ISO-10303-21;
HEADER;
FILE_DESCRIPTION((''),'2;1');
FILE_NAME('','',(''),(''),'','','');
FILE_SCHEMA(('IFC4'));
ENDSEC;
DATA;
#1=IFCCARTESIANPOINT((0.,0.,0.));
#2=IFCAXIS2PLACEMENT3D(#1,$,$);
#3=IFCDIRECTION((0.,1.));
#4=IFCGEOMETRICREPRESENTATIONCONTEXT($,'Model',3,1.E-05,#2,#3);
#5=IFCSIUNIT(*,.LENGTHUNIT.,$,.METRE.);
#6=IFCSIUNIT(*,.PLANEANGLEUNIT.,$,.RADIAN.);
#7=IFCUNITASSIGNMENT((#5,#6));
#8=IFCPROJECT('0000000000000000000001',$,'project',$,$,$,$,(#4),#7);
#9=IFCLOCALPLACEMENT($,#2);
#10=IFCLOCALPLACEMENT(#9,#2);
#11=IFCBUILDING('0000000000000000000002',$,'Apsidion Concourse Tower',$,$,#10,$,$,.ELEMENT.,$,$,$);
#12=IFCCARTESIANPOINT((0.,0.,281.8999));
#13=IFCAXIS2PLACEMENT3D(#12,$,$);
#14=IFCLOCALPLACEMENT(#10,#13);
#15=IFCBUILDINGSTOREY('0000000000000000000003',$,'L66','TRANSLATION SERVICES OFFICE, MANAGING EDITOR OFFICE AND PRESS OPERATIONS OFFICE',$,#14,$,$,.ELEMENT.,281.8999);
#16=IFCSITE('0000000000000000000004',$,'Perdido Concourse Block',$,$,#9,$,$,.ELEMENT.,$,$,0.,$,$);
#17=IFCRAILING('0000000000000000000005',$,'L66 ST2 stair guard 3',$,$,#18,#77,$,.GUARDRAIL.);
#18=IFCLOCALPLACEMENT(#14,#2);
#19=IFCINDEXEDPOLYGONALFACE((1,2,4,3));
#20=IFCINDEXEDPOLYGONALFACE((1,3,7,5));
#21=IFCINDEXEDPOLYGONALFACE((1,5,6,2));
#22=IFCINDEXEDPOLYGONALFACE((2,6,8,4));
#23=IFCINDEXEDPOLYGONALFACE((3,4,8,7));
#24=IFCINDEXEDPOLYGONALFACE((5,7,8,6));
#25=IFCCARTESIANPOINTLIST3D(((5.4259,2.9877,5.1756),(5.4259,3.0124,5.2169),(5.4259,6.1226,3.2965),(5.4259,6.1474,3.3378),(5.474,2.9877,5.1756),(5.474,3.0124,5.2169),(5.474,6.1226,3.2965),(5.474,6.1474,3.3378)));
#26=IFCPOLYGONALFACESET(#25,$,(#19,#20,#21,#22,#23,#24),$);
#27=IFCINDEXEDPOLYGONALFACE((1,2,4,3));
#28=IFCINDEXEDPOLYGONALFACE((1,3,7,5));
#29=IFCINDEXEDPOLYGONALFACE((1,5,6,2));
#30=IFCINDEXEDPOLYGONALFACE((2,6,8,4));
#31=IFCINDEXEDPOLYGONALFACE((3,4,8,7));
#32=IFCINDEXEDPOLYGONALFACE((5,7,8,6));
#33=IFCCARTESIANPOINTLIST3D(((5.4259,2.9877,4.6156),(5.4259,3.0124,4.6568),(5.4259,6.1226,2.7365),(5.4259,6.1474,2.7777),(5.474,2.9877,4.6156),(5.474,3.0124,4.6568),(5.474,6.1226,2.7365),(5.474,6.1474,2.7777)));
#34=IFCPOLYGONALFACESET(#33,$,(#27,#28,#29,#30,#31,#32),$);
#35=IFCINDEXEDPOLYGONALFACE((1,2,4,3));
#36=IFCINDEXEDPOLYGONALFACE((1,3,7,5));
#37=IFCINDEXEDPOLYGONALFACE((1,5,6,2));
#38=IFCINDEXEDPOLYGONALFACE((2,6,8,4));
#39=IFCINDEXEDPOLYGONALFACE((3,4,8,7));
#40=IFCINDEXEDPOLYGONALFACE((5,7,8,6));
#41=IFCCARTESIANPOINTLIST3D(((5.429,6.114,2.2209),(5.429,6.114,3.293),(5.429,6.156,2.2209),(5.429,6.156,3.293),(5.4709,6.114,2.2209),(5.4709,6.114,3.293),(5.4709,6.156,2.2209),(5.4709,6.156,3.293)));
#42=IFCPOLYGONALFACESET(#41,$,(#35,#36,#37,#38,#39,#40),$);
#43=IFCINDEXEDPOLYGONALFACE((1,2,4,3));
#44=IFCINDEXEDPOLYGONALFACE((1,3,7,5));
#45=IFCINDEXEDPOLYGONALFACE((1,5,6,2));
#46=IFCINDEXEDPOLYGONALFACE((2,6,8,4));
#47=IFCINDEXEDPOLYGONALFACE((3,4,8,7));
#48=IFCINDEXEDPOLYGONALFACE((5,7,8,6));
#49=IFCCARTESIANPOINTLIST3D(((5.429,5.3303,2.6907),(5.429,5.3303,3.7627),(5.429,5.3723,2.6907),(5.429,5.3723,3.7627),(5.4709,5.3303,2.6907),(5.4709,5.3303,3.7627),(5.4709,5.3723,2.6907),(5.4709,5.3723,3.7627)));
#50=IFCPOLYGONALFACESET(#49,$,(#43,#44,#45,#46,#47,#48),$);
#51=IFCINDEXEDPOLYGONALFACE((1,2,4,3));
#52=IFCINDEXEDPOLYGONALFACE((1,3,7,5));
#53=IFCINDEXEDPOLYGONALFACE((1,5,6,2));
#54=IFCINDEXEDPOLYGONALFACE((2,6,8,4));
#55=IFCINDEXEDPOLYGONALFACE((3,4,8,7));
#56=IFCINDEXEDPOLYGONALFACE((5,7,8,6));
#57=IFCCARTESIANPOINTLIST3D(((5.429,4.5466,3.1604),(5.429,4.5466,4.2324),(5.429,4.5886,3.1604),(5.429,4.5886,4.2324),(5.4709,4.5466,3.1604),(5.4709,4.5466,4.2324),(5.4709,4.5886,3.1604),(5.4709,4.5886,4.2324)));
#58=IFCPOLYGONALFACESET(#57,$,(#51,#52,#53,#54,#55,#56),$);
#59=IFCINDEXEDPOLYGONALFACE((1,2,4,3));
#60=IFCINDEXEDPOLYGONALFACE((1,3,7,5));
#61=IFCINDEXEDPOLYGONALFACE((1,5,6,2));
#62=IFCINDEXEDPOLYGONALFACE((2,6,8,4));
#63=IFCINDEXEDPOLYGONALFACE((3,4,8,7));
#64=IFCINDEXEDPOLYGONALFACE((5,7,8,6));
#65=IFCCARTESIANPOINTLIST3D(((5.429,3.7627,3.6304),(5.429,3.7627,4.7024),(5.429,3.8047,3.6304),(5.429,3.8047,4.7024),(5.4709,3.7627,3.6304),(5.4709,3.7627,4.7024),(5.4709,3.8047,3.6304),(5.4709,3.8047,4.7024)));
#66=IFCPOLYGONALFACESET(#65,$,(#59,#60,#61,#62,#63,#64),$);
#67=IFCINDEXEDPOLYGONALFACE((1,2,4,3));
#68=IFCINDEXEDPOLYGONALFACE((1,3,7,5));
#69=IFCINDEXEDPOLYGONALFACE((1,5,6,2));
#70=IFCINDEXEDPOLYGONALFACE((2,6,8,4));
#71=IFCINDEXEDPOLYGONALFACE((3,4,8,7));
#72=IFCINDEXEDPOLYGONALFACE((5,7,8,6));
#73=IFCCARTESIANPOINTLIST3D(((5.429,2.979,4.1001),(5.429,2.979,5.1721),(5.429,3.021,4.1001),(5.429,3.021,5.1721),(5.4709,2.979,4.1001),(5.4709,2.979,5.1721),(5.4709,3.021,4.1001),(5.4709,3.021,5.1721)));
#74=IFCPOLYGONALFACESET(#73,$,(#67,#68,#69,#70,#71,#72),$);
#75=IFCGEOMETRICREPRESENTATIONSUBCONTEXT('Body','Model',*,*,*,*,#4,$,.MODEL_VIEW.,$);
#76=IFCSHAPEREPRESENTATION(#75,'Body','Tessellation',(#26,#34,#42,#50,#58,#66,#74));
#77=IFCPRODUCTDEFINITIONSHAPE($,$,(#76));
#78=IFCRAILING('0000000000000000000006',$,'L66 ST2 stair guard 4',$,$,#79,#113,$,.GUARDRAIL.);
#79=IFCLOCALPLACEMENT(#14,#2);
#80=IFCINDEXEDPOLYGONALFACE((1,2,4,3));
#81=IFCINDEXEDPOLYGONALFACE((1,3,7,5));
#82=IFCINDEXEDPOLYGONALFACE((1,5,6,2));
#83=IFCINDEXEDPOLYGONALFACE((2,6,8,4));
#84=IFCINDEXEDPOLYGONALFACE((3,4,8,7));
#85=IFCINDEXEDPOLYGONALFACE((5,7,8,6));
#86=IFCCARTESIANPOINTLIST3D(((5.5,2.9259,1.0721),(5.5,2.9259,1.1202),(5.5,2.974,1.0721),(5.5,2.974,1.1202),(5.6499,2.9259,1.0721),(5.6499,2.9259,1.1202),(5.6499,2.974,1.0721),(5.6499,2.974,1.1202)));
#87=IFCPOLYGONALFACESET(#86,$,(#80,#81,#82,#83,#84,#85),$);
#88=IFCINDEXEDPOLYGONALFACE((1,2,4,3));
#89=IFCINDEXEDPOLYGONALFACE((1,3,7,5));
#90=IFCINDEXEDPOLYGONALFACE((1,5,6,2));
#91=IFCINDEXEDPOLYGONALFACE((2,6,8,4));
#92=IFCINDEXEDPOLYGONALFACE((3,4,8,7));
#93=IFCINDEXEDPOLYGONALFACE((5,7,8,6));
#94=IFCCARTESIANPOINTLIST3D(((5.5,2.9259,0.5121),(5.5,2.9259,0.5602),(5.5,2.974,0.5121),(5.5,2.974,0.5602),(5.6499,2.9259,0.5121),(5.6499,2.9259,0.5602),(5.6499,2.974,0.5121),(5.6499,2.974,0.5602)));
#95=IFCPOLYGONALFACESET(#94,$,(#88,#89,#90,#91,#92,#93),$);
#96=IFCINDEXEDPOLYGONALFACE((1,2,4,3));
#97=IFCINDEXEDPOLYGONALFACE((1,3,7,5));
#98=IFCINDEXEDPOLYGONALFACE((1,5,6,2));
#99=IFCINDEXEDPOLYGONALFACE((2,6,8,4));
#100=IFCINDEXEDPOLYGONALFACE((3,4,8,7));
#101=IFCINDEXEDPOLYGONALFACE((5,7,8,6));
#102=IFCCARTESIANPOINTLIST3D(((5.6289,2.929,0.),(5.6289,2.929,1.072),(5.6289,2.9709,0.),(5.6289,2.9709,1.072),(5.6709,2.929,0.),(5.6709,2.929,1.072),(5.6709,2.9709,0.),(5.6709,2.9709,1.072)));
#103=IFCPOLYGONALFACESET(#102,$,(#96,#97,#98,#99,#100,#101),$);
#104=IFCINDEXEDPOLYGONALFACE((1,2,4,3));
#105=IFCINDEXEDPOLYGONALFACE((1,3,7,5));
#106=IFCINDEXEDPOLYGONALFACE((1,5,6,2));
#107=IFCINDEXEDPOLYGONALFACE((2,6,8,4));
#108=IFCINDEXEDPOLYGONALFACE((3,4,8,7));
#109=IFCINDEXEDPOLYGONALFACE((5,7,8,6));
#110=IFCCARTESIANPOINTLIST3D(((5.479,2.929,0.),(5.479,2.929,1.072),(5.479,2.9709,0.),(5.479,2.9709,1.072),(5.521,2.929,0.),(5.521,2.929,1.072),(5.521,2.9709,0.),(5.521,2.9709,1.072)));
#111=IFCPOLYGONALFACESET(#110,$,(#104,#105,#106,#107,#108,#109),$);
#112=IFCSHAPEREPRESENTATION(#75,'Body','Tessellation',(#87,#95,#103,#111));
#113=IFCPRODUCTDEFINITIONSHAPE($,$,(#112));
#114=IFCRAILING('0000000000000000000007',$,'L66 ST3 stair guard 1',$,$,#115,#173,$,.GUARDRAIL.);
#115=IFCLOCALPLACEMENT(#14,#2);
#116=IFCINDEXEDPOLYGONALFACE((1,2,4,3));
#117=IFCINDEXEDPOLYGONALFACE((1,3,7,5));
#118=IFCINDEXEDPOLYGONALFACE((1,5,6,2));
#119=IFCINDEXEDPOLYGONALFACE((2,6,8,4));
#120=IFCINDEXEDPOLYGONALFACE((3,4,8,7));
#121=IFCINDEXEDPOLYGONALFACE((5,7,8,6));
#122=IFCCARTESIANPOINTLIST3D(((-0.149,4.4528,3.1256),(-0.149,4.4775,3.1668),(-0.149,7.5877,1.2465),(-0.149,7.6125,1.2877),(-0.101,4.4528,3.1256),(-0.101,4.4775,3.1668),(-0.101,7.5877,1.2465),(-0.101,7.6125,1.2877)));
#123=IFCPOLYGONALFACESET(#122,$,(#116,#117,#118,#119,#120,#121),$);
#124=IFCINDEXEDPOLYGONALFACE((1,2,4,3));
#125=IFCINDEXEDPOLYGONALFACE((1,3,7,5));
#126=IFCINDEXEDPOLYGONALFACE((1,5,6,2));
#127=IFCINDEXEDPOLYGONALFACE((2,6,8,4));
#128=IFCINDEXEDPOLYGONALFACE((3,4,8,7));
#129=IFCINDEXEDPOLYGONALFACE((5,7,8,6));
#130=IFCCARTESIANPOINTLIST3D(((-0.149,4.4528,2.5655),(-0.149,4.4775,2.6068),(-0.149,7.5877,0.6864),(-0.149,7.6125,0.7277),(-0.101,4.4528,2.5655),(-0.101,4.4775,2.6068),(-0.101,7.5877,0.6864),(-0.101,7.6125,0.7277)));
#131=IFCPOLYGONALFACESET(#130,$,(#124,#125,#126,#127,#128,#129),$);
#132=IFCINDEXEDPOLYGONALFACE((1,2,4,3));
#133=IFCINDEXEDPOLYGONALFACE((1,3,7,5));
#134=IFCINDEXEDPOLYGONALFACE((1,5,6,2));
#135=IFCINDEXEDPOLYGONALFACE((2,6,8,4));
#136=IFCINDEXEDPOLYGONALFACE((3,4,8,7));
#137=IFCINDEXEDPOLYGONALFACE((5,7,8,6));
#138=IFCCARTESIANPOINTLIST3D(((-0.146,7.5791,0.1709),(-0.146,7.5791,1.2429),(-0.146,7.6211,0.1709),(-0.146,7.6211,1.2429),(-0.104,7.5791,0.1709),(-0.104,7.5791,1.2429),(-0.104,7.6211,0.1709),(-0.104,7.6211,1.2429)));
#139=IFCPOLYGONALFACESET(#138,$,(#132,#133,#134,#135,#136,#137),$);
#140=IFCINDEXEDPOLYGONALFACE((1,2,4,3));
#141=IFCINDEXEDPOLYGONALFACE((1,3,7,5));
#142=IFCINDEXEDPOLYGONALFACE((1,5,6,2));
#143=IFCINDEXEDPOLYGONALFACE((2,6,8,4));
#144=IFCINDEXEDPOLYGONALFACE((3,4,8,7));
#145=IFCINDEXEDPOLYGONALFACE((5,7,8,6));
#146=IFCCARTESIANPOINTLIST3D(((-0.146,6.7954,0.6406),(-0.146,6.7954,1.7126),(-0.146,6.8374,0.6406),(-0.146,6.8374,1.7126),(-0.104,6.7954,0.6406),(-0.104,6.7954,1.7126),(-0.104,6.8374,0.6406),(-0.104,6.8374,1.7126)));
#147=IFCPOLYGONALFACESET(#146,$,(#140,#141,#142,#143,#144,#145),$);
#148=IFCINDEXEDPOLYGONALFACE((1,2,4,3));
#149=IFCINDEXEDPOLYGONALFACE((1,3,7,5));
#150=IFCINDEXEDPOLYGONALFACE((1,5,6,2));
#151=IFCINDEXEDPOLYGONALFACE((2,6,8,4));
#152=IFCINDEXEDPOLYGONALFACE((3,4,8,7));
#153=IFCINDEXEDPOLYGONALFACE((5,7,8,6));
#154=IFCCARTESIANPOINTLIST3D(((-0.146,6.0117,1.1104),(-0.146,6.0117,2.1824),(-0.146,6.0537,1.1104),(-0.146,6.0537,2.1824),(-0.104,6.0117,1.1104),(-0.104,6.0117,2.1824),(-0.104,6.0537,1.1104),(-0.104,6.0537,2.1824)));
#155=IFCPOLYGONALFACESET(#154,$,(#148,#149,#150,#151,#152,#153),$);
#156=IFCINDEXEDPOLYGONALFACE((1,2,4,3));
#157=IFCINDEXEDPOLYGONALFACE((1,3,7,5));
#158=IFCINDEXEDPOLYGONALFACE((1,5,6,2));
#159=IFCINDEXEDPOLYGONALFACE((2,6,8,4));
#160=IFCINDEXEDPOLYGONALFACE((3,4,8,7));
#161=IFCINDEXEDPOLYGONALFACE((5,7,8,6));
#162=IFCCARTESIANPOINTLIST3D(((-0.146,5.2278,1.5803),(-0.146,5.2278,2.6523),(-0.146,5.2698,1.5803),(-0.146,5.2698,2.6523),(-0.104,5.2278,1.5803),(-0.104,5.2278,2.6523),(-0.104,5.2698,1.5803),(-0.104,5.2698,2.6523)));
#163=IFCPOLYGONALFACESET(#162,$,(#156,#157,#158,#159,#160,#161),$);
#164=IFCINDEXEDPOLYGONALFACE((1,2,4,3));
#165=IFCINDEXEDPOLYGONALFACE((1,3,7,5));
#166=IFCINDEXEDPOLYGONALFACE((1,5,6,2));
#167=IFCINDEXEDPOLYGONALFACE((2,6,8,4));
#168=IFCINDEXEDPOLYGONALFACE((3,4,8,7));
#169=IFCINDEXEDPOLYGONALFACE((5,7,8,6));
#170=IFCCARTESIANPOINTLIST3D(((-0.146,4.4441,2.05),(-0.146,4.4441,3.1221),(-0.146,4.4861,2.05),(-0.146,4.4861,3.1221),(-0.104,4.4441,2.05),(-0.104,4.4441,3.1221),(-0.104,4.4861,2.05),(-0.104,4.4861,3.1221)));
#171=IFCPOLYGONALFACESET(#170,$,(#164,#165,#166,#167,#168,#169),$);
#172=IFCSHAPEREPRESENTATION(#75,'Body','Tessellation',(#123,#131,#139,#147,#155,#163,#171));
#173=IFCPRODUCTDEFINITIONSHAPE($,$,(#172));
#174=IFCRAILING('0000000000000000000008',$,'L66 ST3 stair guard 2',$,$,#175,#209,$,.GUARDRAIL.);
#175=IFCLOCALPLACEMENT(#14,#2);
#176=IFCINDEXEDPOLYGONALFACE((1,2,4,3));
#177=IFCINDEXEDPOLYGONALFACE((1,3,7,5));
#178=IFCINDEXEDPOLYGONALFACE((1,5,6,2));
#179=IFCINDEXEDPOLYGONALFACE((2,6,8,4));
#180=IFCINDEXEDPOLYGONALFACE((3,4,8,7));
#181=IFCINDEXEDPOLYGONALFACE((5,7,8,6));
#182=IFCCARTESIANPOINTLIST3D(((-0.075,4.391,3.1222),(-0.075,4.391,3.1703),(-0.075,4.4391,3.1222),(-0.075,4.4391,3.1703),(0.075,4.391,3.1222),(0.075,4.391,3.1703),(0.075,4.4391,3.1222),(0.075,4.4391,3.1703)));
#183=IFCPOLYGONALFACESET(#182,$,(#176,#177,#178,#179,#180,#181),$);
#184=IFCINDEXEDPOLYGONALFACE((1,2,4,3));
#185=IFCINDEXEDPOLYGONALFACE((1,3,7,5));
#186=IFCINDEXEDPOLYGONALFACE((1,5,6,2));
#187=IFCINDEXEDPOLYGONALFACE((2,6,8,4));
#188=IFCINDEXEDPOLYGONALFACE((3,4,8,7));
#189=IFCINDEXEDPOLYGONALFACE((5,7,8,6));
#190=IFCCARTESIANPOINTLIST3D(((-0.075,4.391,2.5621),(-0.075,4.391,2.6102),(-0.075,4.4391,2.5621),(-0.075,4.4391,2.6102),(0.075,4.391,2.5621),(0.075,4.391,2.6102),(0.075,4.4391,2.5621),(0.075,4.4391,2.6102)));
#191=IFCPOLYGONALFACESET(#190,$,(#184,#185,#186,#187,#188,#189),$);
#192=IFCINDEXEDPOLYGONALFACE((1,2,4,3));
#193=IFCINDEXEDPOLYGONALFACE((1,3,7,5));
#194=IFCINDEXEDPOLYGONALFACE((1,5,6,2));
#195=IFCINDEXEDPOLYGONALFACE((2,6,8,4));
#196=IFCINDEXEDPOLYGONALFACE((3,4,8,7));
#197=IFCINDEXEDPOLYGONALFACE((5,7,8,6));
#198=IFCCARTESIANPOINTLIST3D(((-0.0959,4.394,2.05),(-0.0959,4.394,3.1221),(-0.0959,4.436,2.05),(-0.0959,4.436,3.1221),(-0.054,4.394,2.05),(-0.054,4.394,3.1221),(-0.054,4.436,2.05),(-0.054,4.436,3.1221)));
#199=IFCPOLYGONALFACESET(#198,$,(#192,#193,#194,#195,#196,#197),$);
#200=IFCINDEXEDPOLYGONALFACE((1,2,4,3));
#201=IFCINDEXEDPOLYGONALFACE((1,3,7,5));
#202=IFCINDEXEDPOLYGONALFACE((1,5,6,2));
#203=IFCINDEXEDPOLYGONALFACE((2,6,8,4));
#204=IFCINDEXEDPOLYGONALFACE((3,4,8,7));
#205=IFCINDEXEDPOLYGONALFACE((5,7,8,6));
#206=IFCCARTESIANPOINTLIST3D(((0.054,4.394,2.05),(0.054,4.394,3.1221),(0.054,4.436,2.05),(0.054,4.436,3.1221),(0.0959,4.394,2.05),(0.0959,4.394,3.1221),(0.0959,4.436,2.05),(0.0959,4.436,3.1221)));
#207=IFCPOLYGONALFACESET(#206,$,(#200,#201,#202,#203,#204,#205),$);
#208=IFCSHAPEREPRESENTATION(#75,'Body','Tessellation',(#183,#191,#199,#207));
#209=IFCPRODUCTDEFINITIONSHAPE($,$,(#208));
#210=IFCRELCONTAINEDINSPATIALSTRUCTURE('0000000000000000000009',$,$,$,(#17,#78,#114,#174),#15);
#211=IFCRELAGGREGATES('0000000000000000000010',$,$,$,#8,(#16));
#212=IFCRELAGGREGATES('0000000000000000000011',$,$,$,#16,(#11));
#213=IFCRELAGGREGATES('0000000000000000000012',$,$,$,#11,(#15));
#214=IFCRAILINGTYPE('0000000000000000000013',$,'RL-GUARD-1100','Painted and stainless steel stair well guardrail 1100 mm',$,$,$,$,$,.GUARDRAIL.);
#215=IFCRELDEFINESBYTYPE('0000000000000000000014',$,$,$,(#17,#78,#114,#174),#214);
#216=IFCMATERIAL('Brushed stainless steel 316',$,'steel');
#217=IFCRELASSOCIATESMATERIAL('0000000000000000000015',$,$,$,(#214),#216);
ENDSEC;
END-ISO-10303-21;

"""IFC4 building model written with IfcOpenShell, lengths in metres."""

from ifc_helpers import new_model, si_unit, direction, frame, origin, origin_2d, place, context, subcontext, project, spatial, rectangle, extrude, material, type_object, element, save


model = new_model("IFC4")

# Units and contexts
model_context = context("Model", 3, precision=1e-05, world=origin(), true_north=direction((0.0, 1.0)))
body_context = subcontext(model_context, "Body", "Model", "MODEL_VIEW")
ifc_project = project(units=[si_unit("LENGTHUNIT", "METRE"), si_unit("PLANEANGLEUNIT", "RADIAN")], contexts=[model_context])

# Site, building, storey
site_placement = place(None, origin())
site = spatial("IfcSite", under=ifc_project, at=site_placement, Name="Perdido Concourse Block", CompositionType="ELEMENT", RefElevation=0.0)
building_placement = place(site_placement, origin())
building = spatial("IfcBuilding", under=site, at=building_placement, Name="Apsidion Concourse Tower", CompositionType="ELEMENT")
storey_placement = place(building_placement, frame((0.0, 0.0, 281.8999)))
storey = spatial("IfcBuildingStorey", under=building, at=storey_placement, Name="L66", Description="TRANSLATION SERVICES OFFICE, MANAGING EDITOR OFFICE AND PRESS OPERATIONS OFFICE", CompositionType="ELEMENT", Elevation=281.8999)

# Railings
ifc_material_1 = material(Name="Brushed stainless steel 316", Category="steel")
railing_type_1 = type_object("IfcRailingType", Name="RL-GUARD-1100", Description="Painted and stainless steel stair well guardrail 1100 mm", PredefinedType="GUARDRAIL", material=ifc_material_1)
railing_1_placement = place(storey_placement, frame((5.45, 6.135, 2.2209)))
element("IfcRailing", 1, at=railing_1_placement, inside=storey, type_object=railing_type_1, Name="L66 ST2 stair guard 3", PredefinedType="GUARDRAIL", context=body_context, shape_type="SweptSolid", body=[
    extrude(rectangle(XDim=0.0481, YDim=0.0481, at=origin_2d()), frame((0.0, 0.0, 1.0962), z_axis=(0.0, -0.857717, 0.514122), x_axis=(1.0, 0.0, 0.0)), (0.0, 0.0, 1.0), 3.655),
    extrude(rectangle(XDim=0.0481, YDim=0.0481, at=origin_2d()), frame((0.0, 0.0, 0.5361), z_axis=(0.0, -0.857717, 0.514122), x_axis=(1.0, 0.0, 0.0)), (0.0, 0.0, 1.0), 3.655),
    extrude(rectangle(XDim=0.042, YDim=0.042, at=origin_2d()), origin(), (0.0, 0.0, 1.0), 1.072),
    extrude(rectangle(XDim=0.042, YDim=0.042, at=origin_2d()), frame((0.0, -0.7837, 0.4697)), (0.0, 0.0, 1.0), 1.072),
    extrude(rectangle(XDim=0.042, YDim=0.042, at=origin_2d()), frame((0.0, -1.5674, 0.9395)), (0.0, 0.0, 1.0), 1.072),
    extrude(rectangle(XDim=0.042, YDim=0.042, at=origin_2d()), frame((0.0, -2.3513, 1.4094)), (0.0, 0.0, 1.0), 1.072),
    extrude(rectangle(XDim=0.042, YDim=0.042, at=origin_2d()), frame((0.0, -3.135, 1.8792)), (0.0, 0.0, 1.0), 1.072),
])
railing_2_placement = place(storey_placement, frame((5.6499, 2.95, 0.0)))
element("IfcRailing", 2, at=railing_2_placement, inside=storey, type_object=railing_type_1, Name="L66 ST2 stair guard 4", PredefinedType="GUARDRAIL", context=body_context, shape_type="SweptSolid", body=[
    extrude(rectangle(XDim=0.0481, YDim=0.0481, at=origin_2d()), frame((0.0, 0.0, 1.0962), z_axis=(-1.0, 0.0, 0.0), x_axis=(0.0, -1.0, 0.0)), (0.0, 0.0, 1.0), 0.1499),
    extrude(rectangle(XDim=0.0481, YDim=0.0481, at=origin_2d()), frame((0.0, 0.0, 0.5361), z_axis=(-1.0, 0.0, 0.0), x_axis=(0.0, -1.0, 0.0)), (0.0, 0.0, 1.0), 0.1499),
    extrude(rectangle(XDim=0.042, YDim=0.042, at=origin_2d()), origin(), (0.0, 0.0, 1.0), 1.072),
    extrude(rectangle(XDim=0.042, YDim=0.042, at=origin_2d()), frame((-0.1499, 0.0, 0.0)), (0.0, 0.0, 1.0), 1.072),
])
railing_3_placement = place(storey_placement, frame((-0.125, 7.6001, 0.1709)))
element("IfcRailing", 3, at=railing_3_placement, inside=storey, type_object=railing_type_1, Name="L66 ST3 stair guard 1", PredefinedType="GUARDRAIL", context=body_context, shape_type="SweptSolid", body=[
    extrude(rectangle(XDim=0.0481, YDim=0.0481, at=origin_2d()), frame((0.0, 0.0, 1.0962), z_axis=(0.0, -0.857717, 0.514122), x_axis=(1.0, 0.0, 0.0)), (0.0, 0.0, 1.0), 3.655),
    extrude(rectangle(XDim=0.0481, YDim=0.0481, at=origin_2d()), frame((0.0, 0.0, 0.5361), z_axis=(0.0, -0.857717, 0.514122), x_axis=(1.0, 0.0, 0.0)), (0.0, 0.0, 1.0), 3.655),
    extrude(rectangle(XDim=0.042, YDim=0.042, at=origin_2d()), origin(), (0.0, 0.0, 1.0), 1.072),
    extrude(rectangle(XDim=0.042, YDim=0.042, at=origin_2d()), frame((0.0, -0.7837, 0.4697)), (0.0, 0.0, 1.0), 1.072),
    extrude(rectangle(XDim=0.042, YDim=0.042, at=origin_2d()), frame((0.0, -1.5674, 0.9395)), (0.0, 0.0, 1.0), 1.072),
    extrude(rectangle(XDim=0.042, YDim=0.042, at=origin_2d()), frame((0.0, -2.3513, 1.4094)), (0.0, 0.0, 1.0), 1.072),
    extrude(rectangle(XDim=0.042, YDim=0.042, at=origin_2d()), frame((0.0, -3.135, 1.8792)), (0.0, 0.0, 1.0), 1.072),
])
railing_4_placement = place(storey_placement, frame((-0.075, 4.415, 2.05)))
element("IfcRailing", 4, at=railing_4_placement, inside=storey, type_object=railing_type_1, Name="L66 ST3 stair guard 2", PredefinedType="GUARDRAIL", context=body_context, shape_type="SweptSolid", body=[
    extrude(rectangle(XDim=0.0481, YDim=0.0481, at=origin_2d()), frame((0.0, 0.0, 1.0962), z_axis=(1.0, 0.0, 0.0), x_axis=(0.0, 1.0, 0.0)), (0.0, 0.0, 1.0), 0.1499),
    extrude(rectangle(XDim=0.0481, YDim=0.0481, at=origin_2d()), frame((0.0, 0.0, 0.5361), z_axis=(1.0, 0.0, 0.0), x_axis=(0.0, 1.0, 0.0)), (0.0, 0.0, 1.0), 0.1499),
    extrude(rectangle(XDim=0.042, YDim=0.042, at=origin_2d()), origin(), (0.0, 0.0, 1.0), 1.072),
    extrude(rectangle(XDim=0.042, YDim=0.042, at=origin_2d()), frame((0.1499, 0.0, 0.0)), (0.0, 0.0, 1.0), 1.072),
])

save(model, "model.ifc")
